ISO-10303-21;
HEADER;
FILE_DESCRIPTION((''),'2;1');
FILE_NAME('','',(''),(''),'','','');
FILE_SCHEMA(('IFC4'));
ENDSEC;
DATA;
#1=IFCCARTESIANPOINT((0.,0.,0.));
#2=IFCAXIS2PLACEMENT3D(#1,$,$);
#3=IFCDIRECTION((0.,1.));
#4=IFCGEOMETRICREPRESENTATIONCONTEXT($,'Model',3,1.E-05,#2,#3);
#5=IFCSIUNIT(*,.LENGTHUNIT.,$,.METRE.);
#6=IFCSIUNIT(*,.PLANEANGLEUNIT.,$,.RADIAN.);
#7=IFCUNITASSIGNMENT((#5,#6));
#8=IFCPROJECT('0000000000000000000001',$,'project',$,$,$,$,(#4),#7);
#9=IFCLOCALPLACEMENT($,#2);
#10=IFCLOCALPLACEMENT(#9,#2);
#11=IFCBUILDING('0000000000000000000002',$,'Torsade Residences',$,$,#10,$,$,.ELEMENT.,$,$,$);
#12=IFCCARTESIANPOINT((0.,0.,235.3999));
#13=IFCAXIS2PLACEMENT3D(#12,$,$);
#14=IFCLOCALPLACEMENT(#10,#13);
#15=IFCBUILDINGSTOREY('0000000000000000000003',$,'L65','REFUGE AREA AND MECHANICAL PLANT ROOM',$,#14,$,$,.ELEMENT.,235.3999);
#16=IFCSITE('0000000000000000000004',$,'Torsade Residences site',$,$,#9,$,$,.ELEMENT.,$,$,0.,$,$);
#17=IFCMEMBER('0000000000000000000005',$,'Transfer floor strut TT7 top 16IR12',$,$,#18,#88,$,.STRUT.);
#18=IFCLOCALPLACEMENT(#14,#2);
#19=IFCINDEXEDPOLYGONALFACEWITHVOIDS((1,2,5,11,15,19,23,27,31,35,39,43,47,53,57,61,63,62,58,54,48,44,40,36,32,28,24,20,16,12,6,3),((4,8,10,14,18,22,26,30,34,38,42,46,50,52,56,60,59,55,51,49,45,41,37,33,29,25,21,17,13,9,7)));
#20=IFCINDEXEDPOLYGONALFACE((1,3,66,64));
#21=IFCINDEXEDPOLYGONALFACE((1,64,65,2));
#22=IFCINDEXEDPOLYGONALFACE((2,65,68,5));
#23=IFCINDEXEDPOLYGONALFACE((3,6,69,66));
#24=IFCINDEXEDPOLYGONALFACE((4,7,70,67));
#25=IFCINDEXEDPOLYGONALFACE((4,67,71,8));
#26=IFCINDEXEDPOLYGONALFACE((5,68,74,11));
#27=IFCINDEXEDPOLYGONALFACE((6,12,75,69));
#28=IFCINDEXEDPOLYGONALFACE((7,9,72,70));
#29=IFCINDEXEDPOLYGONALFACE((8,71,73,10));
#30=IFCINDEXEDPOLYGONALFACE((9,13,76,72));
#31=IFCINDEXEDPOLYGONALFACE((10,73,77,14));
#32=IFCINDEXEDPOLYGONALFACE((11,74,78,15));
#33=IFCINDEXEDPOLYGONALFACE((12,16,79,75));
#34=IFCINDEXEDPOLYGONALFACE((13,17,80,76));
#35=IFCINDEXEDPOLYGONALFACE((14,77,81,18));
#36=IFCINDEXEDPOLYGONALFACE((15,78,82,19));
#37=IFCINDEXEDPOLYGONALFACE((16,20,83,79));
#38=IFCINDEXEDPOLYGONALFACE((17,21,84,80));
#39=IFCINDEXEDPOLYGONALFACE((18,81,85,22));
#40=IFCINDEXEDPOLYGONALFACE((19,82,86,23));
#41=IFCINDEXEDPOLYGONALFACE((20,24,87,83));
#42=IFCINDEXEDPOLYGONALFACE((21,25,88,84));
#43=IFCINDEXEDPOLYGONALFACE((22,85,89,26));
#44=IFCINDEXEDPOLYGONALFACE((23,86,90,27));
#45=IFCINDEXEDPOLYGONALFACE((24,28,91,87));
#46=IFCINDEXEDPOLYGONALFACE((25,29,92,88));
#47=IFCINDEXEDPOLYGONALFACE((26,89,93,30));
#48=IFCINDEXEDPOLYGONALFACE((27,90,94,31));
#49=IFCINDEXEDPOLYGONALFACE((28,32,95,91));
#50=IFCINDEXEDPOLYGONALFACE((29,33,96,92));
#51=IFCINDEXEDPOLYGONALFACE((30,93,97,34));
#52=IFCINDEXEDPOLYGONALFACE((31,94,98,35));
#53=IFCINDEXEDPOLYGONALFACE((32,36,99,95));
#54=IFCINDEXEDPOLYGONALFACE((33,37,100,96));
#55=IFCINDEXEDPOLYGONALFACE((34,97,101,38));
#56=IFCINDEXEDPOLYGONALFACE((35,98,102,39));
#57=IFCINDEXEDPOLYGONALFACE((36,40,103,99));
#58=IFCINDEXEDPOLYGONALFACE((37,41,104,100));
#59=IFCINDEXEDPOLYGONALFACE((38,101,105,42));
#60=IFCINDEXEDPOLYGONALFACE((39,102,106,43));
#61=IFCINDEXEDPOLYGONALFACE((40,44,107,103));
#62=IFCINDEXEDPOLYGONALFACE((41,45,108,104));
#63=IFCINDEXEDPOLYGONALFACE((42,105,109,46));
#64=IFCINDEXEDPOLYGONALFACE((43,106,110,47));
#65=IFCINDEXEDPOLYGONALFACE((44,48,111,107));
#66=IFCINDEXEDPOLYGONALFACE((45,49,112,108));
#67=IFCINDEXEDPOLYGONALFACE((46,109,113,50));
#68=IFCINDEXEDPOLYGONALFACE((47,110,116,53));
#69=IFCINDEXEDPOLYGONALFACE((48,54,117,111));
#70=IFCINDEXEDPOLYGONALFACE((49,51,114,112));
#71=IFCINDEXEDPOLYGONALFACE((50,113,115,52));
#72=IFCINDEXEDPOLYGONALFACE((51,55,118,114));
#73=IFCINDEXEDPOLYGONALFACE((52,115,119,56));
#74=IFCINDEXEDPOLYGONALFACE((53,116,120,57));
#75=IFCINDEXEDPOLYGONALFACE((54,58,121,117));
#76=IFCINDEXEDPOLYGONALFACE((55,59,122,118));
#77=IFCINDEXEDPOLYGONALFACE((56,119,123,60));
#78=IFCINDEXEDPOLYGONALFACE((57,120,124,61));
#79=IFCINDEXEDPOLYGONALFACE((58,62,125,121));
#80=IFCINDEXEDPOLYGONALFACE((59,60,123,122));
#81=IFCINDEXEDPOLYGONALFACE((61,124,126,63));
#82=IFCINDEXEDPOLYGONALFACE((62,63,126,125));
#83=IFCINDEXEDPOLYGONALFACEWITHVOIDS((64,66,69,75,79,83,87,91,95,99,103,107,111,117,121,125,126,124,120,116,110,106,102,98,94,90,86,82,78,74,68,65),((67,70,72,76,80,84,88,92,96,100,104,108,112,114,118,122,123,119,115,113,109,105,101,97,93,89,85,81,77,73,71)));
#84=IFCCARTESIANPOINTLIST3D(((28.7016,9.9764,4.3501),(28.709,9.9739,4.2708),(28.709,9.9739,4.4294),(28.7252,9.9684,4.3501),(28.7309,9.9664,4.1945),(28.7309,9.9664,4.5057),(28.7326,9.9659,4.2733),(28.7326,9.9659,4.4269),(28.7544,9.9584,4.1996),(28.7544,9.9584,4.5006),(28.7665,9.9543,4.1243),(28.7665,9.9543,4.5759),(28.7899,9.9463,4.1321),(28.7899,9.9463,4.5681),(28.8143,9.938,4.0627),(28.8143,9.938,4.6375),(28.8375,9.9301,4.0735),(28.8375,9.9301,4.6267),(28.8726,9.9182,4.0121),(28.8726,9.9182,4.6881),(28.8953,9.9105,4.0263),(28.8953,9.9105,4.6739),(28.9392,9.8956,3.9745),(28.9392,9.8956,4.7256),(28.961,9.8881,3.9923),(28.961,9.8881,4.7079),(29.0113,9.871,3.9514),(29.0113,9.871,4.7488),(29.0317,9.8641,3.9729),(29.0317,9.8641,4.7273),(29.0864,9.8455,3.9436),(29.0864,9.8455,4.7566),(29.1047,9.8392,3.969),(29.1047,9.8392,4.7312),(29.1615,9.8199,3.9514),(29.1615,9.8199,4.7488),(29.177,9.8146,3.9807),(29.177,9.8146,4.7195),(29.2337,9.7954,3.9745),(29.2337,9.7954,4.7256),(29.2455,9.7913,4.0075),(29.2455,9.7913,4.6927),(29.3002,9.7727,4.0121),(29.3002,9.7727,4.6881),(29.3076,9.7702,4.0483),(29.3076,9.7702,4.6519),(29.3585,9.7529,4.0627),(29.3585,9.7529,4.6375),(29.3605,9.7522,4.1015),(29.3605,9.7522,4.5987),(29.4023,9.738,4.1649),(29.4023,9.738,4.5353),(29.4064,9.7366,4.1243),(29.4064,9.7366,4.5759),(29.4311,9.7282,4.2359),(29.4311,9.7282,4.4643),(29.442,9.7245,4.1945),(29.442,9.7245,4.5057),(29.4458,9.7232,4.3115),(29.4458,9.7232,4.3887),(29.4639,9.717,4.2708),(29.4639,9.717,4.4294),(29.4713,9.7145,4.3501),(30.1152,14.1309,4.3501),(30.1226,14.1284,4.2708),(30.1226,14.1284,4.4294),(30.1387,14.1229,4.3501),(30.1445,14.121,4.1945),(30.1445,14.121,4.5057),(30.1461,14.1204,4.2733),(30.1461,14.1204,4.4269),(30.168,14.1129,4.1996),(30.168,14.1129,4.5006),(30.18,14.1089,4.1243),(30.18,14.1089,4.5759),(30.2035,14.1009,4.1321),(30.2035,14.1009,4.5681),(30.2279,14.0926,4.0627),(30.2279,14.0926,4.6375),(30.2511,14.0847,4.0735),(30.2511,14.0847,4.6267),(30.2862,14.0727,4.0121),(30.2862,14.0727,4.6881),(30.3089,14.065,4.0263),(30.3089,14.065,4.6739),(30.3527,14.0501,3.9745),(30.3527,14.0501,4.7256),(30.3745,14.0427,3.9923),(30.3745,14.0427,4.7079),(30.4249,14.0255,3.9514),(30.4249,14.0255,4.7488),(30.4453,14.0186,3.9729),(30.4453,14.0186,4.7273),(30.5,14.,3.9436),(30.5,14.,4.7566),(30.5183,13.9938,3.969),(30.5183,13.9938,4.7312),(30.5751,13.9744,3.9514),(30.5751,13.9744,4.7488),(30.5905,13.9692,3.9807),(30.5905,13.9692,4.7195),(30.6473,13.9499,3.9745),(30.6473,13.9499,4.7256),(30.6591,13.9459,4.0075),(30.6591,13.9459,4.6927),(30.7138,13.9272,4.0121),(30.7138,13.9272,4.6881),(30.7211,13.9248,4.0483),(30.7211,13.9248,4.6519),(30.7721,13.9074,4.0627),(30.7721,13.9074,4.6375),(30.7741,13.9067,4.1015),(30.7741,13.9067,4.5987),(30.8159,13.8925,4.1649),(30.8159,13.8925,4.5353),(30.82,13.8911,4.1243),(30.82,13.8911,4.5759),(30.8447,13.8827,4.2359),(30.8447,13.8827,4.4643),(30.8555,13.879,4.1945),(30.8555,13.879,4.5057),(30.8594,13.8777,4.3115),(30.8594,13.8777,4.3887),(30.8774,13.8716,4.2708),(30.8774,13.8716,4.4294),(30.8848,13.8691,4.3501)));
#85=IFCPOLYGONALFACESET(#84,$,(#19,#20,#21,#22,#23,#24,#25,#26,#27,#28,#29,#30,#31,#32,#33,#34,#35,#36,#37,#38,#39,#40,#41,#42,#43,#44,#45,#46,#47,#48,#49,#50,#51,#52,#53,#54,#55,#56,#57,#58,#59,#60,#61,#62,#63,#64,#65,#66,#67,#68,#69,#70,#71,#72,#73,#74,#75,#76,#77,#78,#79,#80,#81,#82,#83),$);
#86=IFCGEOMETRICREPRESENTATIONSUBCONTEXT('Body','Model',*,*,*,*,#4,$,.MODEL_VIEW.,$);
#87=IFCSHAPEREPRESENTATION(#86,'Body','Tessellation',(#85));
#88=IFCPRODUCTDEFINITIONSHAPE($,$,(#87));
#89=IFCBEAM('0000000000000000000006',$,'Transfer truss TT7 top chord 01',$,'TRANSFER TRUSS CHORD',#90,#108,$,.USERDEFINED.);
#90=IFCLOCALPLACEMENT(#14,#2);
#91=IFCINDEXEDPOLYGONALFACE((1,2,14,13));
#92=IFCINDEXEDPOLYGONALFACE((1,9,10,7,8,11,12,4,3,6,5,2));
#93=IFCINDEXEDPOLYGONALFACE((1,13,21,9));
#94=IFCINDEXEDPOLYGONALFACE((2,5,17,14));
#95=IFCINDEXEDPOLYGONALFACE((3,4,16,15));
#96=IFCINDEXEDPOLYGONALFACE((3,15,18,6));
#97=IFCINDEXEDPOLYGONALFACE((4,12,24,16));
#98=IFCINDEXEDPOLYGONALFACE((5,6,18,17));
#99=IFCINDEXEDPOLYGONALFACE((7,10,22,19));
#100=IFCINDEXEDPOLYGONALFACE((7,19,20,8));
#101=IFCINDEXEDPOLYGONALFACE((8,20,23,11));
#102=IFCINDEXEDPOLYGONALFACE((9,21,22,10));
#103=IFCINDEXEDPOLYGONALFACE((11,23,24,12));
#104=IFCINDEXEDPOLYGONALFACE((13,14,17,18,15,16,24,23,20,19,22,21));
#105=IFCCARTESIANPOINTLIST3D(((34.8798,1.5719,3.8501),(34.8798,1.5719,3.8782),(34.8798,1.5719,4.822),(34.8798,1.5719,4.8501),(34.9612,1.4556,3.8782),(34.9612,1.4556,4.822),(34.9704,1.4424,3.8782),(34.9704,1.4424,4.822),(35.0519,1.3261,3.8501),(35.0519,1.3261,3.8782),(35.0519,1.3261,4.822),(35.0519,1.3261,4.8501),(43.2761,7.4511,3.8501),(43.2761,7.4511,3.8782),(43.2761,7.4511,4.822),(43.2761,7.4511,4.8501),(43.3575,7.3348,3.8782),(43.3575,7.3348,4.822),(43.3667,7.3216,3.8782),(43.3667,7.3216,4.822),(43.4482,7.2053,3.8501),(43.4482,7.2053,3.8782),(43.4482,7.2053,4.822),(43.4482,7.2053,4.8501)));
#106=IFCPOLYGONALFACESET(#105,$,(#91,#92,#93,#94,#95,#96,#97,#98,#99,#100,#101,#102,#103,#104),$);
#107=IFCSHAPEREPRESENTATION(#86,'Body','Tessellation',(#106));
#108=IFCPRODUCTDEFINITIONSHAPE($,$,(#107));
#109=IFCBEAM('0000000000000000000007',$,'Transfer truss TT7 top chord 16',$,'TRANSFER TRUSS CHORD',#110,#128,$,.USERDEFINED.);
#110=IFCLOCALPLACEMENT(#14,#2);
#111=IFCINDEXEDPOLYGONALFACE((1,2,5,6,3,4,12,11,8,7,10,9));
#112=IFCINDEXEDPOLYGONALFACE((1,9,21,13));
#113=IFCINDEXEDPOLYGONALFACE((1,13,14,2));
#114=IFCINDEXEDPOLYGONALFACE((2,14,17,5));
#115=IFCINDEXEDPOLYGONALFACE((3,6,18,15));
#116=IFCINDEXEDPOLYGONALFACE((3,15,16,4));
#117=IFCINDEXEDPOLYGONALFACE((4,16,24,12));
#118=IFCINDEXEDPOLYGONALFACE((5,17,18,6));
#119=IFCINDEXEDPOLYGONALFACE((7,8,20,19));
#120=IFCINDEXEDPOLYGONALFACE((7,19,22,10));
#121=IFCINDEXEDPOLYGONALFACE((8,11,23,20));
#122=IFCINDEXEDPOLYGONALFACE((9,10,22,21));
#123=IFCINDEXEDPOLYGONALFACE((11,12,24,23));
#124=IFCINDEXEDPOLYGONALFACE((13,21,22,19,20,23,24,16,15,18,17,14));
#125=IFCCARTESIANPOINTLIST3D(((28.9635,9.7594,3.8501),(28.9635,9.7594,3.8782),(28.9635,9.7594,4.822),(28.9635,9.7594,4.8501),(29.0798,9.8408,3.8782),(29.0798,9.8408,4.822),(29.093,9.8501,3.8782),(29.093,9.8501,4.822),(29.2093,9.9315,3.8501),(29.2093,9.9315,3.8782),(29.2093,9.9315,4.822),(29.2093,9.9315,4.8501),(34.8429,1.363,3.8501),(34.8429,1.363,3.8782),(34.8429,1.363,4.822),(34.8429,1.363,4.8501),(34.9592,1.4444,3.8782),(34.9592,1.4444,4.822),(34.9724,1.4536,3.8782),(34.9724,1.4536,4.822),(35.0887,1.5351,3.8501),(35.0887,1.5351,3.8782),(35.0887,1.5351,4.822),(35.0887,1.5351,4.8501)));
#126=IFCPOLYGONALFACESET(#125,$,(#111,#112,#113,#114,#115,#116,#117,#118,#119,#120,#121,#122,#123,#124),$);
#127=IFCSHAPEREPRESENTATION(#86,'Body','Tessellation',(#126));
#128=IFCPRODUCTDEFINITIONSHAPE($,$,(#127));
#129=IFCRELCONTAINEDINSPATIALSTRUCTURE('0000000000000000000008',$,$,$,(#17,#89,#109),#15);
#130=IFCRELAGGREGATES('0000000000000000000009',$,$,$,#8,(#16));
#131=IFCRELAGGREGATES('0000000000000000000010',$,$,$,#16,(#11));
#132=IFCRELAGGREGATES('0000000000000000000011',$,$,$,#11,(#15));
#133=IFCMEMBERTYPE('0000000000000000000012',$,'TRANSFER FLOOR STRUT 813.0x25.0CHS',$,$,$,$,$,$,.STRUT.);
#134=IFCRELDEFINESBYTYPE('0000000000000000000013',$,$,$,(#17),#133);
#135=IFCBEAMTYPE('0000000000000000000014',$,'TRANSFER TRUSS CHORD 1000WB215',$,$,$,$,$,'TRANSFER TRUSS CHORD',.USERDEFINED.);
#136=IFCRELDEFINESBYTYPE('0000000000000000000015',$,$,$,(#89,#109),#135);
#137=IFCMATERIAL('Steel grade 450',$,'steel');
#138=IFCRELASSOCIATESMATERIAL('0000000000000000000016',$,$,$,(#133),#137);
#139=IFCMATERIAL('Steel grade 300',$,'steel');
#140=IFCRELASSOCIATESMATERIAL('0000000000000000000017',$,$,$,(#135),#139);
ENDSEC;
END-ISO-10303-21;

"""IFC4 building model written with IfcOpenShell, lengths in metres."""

from ifc_helpers import new_model, si_unit, direction, frame, origin, origin_2d, place, context, subcontext, project, spatial, hollow_circle, i_section, extrude, material, material_profile, profile_set, type_object, element, save


model = new_model("IFC4")

# Units and contexts
model_context = context("Model", 3, precision=1e-05, world=origin(), true_north=direction((0.0, 1.0)))
body_context = subcontext(model_context, "Body", "Model", "MODEL_VIEW")
ifc_project = project(units=[si_unit("LENGTHUNIT", "METRE"), si_unit("PLANEANGLEUNIT", "RADIAN")], contexts=[model_context])

# Site, building, storey
site_placement = place(None, origin())
site = spatial("IfcSite", under=ifc_project, at=site_placement, Name="Torsade Residences site", CompositionType="ELEMENT", RefElevation=0.0)
building_placement = place(site_placement, origin())
building = spatial("IfcBuilding", under=site, at=building_placement, Name="Torsade Residences", CompositionType="ELEMENT")
storey_placement = place(building_placement, frame((0.0, 0.0, 235.3999)))
storey = spatial("IfcBuildingStorey", under=building, at=storey_placement, Name="L65", Description="REFUGE AREA AND MECHANICAL PLANT ROOM", CompositionType="ELEMENT", Elevation=235.3999)

# Member
ifc_material_1 = material(Name="Steel grade 450", Category="steel")
ifc_material_profile_1 = material_profile(ifc_material_1, hollow_circle(Radius=0.4065, WallThickness=0.0249, at=origin_2d()), Name="813.0x25.0CHS")
ifc_profile_set_1 = profile_set([ifc_material_profile_1], Name="Steel grade 450")
member_type_1 = type_object("IfcMemberType", Name="TRANSFER FLOOR STRUT 813.0x25.0CHS", PredefinedType="STRUT", material=ifc_profile_set_1)
member_1_placement = place(storey_placement, frame((29.0864, 9.8455, 4.3501), z_axis=(0.322113, 0.946701, 0.0), x_axis=(-0.946701, 0.322113, 0.0)))
element("IfcMember", 1, at=member_1_placement, inside=storey, type_object=member_type_1, Name="Transfer floor strut TT7 top 16IR12", PredefinedType="STRUT", context=body_context, shape_type="SweptSolid", body=[
    extrude(hollow_circle(Radius=0.4065, WallThickness=0.0249, at=origin_2d()), origin(), (0.0, 0.0, 1.0), 4.3884),
])

# Beams
ifc_material_2 = material(Name="Steel grade 300", Category="steel")
ifc_material_profile_2 = material_profile(ifc_material_2, i_section(OverallWidth=0.3, OverallDepth=1.0, WebThickness=0.0161, FlangeThickness=0.0281, at=origin_2d()), Name="1000WB215")
ifc_profile_set_2 = profile_set([ifc_material_profile_2], Name="Steel grade 300")
beam_type_1 = type_object("IfcBeamType", Name="TRANSFER TRUSS CHORD 1000WB215", ElementType="TRANSFER TRUSS CHORD", PredefinedType="USERDEFINED", material=ifc_profile_set_2)
beam_1_placement = place(storey_placement, frame((34.9658, 1.449, 4.3501), z_axis=(0.81915, 0.573579, 0.0), x_axis=(-0.573579, 0.81915, 0.0)))
element("IfcBeam", 2, at=beam_1_placement, inside=storey, type_object=beam_type_1, Name="Transfer truss TT7 top chord 01", ObjectType="TRANSFER TRUSS CHORD", PredefinedType="USERDEFINED", context=body_context, shape_type="SweptSolid", body=[
    extrude(i_section(OverallWidth=0.3, OverallDepth=1.0, WebThickness=0.0161, FlangeThickness=0.0281, at=origin_2d()), origin(), (0.0, 0.0, 1.0), 10.25),
])
beam_2_placement = place(storey_placement, frame((29.0864, 9.8455, 4.3501), z_axis=(0.573584, -0.819147, 0.0), x_axis=(0.819147, 0.573584, 0.0)))
element("IfcBeam", 3, at=beam_2_placement, inside=storey, type_object=beam_type_1, Name="Transfer truss TT7 top chord 16", ObjectType="TRANSFER TRUSS CHORD", PredefinedType="USERDEFINED", context=body_context, shape_type="SweptSolid", body=[
    extrude(i_section(OverallWidth=0.3, OverallDepth=1.0, WebThickness=0.0161, FlangeThickness=0.0281, at=origin_2d()), origin(), (0.0, 0.0, 1.0), 10.2502),
])

save(model, "model.ifc")
